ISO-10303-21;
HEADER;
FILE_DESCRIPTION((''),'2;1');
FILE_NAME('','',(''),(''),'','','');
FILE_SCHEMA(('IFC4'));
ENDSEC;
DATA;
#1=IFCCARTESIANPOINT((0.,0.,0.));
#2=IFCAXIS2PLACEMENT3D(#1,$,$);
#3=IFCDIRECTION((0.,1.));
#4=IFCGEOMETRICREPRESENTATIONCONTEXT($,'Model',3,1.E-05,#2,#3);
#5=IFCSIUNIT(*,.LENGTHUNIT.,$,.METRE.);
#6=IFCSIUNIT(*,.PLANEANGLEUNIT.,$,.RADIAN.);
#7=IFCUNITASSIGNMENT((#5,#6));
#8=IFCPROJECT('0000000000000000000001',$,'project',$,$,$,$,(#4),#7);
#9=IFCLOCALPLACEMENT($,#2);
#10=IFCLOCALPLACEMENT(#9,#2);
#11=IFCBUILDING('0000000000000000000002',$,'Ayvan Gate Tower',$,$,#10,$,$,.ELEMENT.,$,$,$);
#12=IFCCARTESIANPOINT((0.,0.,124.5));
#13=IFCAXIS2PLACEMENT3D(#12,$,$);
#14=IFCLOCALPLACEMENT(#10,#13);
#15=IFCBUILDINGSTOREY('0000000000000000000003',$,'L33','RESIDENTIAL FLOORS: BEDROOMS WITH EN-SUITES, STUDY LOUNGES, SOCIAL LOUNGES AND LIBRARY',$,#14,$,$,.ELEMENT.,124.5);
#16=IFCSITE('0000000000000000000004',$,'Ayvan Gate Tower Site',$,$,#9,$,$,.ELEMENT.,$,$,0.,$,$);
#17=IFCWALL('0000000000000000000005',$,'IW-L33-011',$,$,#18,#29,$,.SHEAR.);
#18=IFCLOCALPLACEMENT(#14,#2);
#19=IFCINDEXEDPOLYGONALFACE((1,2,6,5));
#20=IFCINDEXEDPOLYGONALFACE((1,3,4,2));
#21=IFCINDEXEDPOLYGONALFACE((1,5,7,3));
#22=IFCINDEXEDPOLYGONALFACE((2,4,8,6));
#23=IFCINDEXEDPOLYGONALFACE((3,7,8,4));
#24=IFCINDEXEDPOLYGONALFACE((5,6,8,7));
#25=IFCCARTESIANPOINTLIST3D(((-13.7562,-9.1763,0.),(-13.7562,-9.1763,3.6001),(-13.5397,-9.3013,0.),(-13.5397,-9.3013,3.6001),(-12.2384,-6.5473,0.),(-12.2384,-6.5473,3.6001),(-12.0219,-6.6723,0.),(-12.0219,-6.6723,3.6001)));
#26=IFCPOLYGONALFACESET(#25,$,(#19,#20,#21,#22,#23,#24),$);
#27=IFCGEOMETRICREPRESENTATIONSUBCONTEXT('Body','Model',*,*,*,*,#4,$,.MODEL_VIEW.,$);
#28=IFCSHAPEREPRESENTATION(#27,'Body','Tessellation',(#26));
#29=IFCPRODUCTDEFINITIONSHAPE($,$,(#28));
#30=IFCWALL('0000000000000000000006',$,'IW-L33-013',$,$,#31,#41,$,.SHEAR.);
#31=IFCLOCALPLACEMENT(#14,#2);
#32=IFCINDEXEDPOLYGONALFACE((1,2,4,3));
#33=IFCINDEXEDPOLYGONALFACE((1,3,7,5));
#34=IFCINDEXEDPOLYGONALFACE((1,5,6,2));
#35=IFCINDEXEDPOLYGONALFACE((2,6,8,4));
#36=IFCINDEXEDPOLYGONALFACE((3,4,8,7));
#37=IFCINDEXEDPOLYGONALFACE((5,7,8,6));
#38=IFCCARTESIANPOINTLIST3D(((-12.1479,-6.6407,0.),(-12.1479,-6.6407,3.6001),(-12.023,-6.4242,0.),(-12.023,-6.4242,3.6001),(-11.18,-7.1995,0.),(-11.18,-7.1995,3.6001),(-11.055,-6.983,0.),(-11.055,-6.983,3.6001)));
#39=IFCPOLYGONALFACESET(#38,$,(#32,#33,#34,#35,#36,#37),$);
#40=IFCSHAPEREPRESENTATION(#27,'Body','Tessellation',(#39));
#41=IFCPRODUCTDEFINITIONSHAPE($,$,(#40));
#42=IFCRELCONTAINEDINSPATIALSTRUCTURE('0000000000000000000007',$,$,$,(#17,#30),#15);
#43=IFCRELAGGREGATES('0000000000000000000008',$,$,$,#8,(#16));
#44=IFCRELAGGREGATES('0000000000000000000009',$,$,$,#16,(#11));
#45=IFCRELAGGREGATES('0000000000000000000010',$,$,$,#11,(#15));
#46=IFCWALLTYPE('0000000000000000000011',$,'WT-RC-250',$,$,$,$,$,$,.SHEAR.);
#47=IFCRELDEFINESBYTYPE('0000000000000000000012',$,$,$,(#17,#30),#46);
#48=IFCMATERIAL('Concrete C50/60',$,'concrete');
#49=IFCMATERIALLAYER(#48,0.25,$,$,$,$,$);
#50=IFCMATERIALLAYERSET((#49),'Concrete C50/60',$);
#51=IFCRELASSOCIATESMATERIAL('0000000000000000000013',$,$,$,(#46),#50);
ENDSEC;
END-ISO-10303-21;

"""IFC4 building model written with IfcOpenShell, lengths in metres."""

from ifc_helpers import new_model, si_unit, direction, frame, frame_2d, origin, place, context, subcontext, project, spatial, rectangle, extrude, material, layer, layer_set, type_object, element, save


model = new_model("IFC4")

# Units and contexts
model_context = context("Model", 3, precision=1e-05, world=origin(), true_north=direction((0.0, 1.0)))
body_context = subcontext(model_context, "Body", "Model", "MODEL_VIEW")
ifc_project = project(units=[si_unit("LENGTHUNIT", "METRE"), si_unit("PLANEANGLEUNIT", "RADIAN")], contexts=[model_context])

# Site, building, storey
site_placement = place(None, origin())
site = spatial("IfcSite", under=ifc_project, at=site_placement, Name="Ayvan Gate Tower Site", CompositionType="ELEMENT", RefElevation=0.0)
building_placement = place(site_placement, origin())
building = spatial("IfcBuilding", under=site, at=building_placement, Name="Ayvan Gate Tower", CompositionType="ELEMENT")
storey_placement = place(building_placement, frame((0.0, 0.0, 124.5)))
storey = spatial("IfcBuildingStorey", under=building, at=storey_placement, Name="L33", Description="RESIDENTIAL FLOORS: BEDROOMS WITH EN-SUITES, STUDY LOUNGES, SOCIAL LOUNGES AND LIBRARY", CompositionType="ELEMENT", Elevation=124.5)

# Walls
ifc_material_1 = material(Name="Concrete C50/60", Category="concrete")
ifc_layer_1 = layer(ifc_material_1, 0.25)
ifc_layer_set_1 = layer_set([ifc_layer_1], Name="Concrete C50/60")
wall_type_1 = type_object("IfcWallType", Name="WT-RC-250", PredefinedType="SHEAR", material=ifc_layer_set_1)
wall_1_placement = place(storey_placement, frame((-13.6479, -9.2388, 0.0), z_axis=(0.0, 0.0, 1.0), x_axis=(0.500006, 0.866022, 0.0)))
element("IfcWall", 1, at=wall_1_placement, inside=storey, type_object=wall_type_1, Name="IW-L33-011", PredefinedType="SHEAR", context=body_context, shape_type="SweptSolid", body=[
    extrude(rectangle(XDim=3.0356, YDim=0.25, at=frame_2d((1.5178, 0.0))), origin(), (0.0, 0.0, 1.0), 3.6001),
])
wall_2_placement = place(storey_placement, frame((-12.0854, -6.5325, 0.0), z_axis=(0.0, 0.0, 1.0), x_axis=(0.866044, -0.499968, 0.0)))
element("IfcWall", 2, at=wall_2_placement, inside=storey, type_object=wall_type_1, Name="IW-L33-013", PredefinedType="SHEAR", context=body_context, shape_type="SweptSolid", body=[
    extrude(rectangle(XDim=1.1177, YDim=0.25, at=frame_2d((0.5588, 0.0))), origin(), (0.0, 0.0, 1.0), 3.6001),
])

save(model, "model.ifc")
